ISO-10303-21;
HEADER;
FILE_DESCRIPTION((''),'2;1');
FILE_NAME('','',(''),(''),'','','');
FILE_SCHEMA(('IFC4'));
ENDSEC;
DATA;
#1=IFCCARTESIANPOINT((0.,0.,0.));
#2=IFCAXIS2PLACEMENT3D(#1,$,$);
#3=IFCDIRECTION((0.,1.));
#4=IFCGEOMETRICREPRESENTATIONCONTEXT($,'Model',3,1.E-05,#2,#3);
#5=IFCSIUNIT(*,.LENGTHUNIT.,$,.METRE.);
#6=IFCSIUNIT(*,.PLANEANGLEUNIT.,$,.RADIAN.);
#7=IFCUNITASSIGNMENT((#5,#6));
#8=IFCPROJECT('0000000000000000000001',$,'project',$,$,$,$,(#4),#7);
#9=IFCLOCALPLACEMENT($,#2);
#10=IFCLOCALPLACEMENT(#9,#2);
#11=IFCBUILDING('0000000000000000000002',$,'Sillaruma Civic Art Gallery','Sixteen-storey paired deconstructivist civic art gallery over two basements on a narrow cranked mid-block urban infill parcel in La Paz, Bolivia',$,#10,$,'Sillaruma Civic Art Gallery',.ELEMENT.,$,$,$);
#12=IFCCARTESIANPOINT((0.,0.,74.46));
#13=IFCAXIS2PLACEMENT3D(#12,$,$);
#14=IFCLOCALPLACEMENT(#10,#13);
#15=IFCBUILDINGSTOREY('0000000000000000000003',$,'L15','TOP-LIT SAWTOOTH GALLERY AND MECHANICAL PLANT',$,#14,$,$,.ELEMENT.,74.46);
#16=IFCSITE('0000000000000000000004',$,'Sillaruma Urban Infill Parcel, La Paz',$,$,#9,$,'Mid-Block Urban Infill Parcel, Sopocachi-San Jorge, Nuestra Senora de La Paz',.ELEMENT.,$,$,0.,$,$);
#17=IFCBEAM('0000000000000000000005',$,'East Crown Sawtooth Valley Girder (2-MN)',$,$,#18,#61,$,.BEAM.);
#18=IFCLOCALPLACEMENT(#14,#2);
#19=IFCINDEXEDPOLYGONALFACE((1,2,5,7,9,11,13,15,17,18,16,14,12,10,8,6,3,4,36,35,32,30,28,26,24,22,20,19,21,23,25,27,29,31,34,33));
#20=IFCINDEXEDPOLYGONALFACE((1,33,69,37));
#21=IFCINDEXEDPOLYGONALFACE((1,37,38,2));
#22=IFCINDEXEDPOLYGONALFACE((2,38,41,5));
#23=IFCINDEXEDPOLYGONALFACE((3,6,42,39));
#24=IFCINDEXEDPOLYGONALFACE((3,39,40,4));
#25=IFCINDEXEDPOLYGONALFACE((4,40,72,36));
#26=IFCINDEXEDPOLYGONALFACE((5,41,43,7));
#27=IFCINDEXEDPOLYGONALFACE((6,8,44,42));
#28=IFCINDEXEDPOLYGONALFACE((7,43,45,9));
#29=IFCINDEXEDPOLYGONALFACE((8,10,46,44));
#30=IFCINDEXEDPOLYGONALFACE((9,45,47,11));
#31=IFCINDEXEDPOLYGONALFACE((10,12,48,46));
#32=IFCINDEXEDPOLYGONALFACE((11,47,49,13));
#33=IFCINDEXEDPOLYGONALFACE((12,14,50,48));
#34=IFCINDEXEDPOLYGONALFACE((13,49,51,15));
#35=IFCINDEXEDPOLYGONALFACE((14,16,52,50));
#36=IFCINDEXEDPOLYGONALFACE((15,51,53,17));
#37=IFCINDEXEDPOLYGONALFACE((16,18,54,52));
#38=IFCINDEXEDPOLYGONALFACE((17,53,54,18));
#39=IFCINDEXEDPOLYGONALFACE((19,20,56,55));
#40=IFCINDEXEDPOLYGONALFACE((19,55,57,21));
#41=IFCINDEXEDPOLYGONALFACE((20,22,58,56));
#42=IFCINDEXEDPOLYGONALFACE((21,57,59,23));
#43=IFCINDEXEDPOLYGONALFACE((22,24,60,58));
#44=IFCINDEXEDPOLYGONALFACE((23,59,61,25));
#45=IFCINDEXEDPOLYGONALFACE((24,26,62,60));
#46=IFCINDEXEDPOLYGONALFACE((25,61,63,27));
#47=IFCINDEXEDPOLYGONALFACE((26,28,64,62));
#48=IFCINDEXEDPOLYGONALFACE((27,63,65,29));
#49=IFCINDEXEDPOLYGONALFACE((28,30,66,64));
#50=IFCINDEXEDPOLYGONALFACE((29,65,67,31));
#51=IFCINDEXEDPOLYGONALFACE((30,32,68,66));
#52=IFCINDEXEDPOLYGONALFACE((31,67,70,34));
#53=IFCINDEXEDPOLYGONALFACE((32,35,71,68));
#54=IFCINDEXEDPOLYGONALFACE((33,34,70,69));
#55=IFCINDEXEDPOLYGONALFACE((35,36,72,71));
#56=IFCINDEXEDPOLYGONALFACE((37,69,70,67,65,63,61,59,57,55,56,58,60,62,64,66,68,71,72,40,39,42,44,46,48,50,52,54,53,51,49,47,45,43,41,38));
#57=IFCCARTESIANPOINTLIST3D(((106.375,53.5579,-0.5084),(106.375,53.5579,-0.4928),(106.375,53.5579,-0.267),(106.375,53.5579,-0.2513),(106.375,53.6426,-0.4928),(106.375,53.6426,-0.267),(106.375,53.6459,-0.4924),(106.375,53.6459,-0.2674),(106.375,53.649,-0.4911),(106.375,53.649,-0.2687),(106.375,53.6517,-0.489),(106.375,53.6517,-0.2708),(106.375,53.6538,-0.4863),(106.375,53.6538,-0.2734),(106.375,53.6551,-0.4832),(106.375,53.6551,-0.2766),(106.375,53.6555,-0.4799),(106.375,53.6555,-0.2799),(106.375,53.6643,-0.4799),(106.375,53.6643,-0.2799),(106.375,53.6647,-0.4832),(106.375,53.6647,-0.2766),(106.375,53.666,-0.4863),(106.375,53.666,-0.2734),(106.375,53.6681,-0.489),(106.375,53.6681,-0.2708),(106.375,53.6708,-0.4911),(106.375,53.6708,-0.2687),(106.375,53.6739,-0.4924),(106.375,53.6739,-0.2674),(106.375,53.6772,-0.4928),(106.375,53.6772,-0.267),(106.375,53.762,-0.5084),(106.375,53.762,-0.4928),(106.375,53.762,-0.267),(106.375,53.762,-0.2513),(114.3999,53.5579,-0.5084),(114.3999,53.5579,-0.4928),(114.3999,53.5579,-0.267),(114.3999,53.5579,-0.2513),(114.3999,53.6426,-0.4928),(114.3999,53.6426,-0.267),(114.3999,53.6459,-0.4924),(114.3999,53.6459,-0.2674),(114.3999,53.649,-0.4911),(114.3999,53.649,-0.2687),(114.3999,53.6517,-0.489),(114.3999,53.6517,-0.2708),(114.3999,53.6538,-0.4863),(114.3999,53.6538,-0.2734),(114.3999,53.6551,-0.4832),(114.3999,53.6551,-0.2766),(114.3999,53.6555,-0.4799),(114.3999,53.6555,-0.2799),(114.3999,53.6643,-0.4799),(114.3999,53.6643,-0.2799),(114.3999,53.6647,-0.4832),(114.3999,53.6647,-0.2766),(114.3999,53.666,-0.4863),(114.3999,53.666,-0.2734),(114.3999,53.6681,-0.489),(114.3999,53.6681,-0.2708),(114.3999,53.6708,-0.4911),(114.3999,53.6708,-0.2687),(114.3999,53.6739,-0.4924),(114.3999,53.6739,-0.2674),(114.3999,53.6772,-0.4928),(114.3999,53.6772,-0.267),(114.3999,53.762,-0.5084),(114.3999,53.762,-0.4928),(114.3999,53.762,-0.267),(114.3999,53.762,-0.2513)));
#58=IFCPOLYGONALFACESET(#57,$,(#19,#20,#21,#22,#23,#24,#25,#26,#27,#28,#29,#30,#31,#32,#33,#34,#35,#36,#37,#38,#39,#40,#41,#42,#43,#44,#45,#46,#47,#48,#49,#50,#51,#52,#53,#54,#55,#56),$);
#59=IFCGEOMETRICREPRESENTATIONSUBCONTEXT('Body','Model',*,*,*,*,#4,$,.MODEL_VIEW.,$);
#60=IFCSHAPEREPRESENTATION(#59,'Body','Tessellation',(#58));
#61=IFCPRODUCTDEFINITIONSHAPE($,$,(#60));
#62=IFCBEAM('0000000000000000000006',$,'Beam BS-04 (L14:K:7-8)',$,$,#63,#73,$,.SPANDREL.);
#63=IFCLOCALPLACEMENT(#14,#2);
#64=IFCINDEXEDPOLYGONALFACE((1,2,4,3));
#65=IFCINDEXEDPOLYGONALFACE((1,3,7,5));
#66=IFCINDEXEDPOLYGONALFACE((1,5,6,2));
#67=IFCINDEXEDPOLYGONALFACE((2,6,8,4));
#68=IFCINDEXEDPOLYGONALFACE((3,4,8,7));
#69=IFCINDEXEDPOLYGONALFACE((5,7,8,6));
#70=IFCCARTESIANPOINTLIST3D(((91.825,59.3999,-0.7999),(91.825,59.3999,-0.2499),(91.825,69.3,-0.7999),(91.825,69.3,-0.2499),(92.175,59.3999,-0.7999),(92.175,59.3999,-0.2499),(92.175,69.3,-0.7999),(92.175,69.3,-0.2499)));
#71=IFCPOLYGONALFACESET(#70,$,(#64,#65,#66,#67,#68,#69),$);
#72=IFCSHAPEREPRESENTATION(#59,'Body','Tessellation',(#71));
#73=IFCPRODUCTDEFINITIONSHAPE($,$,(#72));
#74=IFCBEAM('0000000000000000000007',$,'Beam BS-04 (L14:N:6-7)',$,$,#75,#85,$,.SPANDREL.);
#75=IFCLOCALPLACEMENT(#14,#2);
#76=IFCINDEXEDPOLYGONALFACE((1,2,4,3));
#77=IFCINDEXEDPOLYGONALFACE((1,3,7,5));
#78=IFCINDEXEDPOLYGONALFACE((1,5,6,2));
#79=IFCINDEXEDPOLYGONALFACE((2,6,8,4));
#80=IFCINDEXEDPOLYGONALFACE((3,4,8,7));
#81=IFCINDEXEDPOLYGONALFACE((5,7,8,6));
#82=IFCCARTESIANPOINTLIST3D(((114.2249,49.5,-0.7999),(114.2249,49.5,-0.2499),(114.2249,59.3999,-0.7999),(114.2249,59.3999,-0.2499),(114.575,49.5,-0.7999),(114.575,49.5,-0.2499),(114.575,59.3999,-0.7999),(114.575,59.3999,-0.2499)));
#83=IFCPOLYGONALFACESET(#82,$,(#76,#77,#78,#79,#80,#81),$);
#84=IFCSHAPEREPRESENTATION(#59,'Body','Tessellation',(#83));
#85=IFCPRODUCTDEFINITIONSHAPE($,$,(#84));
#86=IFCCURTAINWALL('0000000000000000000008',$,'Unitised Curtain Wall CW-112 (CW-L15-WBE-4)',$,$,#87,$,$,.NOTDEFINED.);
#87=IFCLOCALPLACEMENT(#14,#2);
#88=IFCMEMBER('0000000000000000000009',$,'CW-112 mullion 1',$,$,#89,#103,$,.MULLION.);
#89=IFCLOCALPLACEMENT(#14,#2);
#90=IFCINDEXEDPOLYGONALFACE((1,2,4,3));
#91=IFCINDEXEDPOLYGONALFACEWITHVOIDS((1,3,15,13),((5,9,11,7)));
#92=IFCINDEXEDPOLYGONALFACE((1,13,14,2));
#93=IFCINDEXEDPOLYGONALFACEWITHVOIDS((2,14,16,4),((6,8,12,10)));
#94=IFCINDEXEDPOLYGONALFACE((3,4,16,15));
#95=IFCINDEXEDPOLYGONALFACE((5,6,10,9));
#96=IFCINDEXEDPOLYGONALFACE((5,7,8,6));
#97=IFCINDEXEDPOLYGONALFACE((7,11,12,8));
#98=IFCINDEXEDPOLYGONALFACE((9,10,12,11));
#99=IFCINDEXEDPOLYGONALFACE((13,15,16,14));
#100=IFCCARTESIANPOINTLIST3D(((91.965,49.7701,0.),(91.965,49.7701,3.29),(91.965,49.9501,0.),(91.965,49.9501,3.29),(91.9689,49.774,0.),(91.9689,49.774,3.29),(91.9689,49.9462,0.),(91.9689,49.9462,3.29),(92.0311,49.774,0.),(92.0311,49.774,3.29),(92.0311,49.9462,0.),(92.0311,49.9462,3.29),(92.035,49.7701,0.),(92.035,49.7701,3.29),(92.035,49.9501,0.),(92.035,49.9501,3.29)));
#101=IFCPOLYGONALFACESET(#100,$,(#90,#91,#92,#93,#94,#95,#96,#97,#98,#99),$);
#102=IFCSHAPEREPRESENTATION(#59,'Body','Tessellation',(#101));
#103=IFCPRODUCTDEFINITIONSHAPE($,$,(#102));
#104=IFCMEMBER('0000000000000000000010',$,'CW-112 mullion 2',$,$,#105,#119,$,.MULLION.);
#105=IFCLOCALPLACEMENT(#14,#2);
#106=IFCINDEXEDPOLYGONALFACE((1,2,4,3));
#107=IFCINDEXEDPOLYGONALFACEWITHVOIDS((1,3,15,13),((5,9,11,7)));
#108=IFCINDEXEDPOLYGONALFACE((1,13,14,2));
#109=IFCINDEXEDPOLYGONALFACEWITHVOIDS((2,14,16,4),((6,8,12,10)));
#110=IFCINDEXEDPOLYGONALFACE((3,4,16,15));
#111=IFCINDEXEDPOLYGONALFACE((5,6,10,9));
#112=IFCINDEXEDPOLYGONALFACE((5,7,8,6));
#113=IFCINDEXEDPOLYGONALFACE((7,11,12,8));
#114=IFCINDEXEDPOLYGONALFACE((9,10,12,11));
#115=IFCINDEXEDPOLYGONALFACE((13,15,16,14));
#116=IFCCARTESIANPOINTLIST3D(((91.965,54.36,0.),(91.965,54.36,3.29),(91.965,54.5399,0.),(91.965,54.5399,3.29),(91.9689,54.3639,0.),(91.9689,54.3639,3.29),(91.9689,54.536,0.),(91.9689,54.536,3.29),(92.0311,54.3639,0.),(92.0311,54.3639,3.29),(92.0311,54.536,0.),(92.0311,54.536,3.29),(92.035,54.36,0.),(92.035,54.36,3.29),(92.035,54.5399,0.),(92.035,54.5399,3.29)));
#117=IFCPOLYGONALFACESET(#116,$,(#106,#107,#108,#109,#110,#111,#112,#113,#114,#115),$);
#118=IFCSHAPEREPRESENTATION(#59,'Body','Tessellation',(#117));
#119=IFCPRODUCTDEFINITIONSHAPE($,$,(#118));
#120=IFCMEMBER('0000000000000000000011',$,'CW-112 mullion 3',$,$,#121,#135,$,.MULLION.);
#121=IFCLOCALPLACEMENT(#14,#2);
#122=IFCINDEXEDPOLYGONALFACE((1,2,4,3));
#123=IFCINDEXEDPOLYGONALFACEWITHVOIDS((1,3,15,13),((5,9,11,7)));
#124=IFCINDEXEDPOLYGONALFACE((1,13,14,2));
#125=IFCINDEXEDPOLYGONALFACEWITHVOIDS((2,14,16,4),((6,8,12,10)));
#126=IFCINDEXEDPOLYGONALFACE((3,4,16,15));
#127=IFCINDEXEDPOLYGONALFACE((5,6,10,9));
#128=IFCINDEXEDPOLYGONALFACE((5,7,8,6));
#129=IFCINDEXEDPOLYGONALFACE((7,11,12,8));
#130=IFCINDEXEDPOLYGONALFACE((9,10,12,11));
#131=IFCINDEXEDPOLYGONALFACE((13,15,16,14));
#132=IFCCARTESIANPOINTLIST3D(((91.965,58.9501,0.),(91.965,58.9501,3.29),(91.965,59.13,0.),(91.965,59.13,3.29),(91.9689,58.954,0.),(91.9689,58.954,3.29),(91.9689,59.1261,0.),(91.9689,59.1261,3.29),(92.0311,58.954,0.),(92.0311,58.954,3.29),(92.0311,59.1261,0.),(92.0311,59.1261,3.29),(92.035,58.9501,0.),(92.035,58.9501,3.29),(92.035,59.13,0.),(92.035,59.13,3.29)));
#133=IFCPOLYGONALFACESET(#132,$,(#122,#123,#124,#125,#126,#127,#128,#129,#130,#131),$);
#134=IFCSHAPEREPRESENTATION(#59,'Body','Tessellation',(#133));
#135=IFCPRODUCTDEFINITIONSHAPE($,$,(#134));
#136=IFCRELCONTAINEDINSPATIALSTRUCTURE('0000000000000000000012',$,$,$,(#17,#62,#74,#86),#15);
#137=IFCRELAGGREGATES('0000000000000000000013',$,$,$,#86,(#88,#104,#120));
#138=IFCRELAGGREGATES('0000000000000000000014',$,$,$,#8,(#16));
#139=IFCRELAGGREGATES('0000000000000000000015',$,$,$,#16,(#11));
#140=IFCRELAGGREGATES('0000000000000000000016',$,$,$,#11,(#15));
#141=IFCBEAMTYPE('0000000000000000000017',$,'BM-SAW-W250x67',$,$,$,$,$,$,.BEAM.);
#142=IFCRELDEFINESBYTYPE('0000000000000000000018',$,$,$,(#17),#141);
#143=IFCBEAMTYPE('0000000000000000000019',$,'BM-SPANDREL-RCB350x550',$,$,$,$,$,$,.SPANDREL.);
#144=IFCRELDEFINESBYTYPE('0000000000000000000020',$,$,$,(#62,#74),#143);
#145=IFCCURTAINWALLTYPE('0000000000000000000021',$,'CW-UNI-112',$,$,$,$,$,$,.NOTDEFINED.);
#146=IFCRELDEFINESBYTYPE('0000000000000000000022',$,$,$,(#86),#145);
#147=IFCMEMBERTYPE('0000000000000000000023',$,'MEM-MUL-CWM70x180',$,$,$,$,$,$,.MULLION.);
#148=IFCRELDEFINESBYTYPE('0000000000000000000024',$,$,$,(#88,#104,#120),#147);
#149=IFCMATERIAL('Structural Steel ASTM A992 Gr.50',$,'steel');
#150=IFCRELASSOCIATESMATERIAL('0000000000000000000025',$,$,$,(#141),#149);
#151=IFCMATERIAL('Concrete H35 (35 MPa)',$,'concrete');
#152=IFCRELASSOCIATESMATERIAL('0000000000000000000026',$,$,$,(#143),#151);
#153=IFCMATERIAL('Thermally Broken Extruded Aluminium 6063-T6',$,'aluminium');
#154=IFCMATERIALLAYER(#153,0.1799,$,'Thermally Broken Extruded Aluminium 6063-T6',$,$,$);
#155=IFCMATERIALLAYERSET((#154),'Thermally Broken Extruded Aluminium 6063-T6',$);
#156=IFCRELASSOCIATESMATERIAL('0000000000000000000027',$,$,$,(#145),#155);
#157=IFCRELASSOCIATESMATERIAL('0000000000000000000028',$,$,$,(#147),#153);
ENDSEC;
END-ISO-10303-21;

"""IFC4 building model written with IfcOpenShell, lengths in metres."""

from ifc_helpers import new_model, si_unit, direction, frame, origin, origin_2d, place, context, subcontext, project, spatial, rectangle, hollow_rectangle, i_section, extrude, material, layer, layer_set, material_profile, profile_set, type_object, element, aggregate, save


model = new_model("IFC4")

# Units and contexts
model_context = context("Model", 3, precision=1e-05, world=origin(), true_north=direction((0.0, 1.0)))
body_context = subcontext(model_context, "Body", "Model", "MODEL_VIEW")
ifc_project = project(units=[si_unit("LENGTHUNIT", "METRE"), si_unit("PLANEANGLEUNIT", "RADIAN")], contexts=[model_context])

# Site, building, storey
site_placement = place(None, origin())
site = spatial("IfcSite", under=ifc_project, at=site_placement, Name="Sillaruma Urban Infill Parcel, La Paz", LongName="Mid-Block Urban Infill Parcel, Sopocachi-San Jorge, Nuestra Senora de La Paz", CompositionType="ELEMENT", RefElevation=0.0)
building_placement = place(site_placement, origin())
building = spatial("IfcBuilding", under=site, at=building_placement, Name="Sillaruma Civic Art Gallery", Description="Sixteen-storey paired deconstructivist civic art gallery over two basements on a narrow cranked mid-block urban infill parcel in La Paz, Bolivia", LongName="Sillaruma Civic Art Gallery", CompositionType="ELEMENT")
storey_placement = place(building_placement, frame((0.0, 0.0, 74.46)))
storey = spatial("IfcBuildingStorey", under=building, at=storey_placement, Name="L15", Description="TOP-LIT SAWTOOTH GALLERY AND MECHANICAL PLANT", CompositionType="ELEMENT", Elevation=74.46)

# Beams
ifc_material_1 = material(Name="Concrete H35 (35 MPa)", Category="concrete")
ifc_material_2 = material(Name="Structural Steel ASTM A992 Gr.50", Category="steel")
ifc_material_profile_1 = material_profile(ifc_material_2, i_section(OverallWidth=0.2041, OverallDepth=0.2571, WebThickness=0.0088, FlangeThickness=0.0156, FilletRadius=0.0129, at=origin_2d()), Name="W250x67")
ifc_profile_set_1 = profile_set([ifc_material_profile_1], Name="Structural Steel ASTM A992 Gr.50")
beam_type_1 = type_object("IfcBeamType", Name="BM-SAW-W250x67", PredefinedType="BEAM", material=ifc_profile_set_1)
for number, where, z_axis, x_axis, name in (
    (1, (106.375, 53.6599, -0.3799), (1.0, 0.0, 0.0), (0.0, 1.0, 0.0), "East Crown Sawtooth Valley Girder (2-MN)"),
):
    element("IfcBeam", number, at=place(storey_placement, frame(where, z_axis=z_axis, x_axis=x_axis)), inside=storey, type_object=beam_type_1, Name=name, PredefinedType="BEAM", context=body_context, shape_type="SweptSolid", body=[
        extrude(i_section(OverallWidth=0.2041, OverallDepth=0.2571, WebThickness=0.0088, FlangeThickness=0.0156, FilletRadius=0.0129, at=origin_2d()), origin(), (0.0, 0.0, 1.0), 8.0249),
    ])
ifc_material_profile_2 = material_profile(ifc_material_1, rectangle(XDim=0.3501, YDim=0.55, at=origin_2d()), Name="RCB350x550")
ifc_profile_set_2 = profile_set([ifc_material_profile_2], Name="Concrete H35 (35 MPa)")
beam_type_2 = type_object("IfcBeamType", Name="BM-SPANDREL-RCB350x550", PredefinedType="SPANDREL", material=ifc_profile_set_2)
beam_1_placement = place(storey_placement, frame((92.0, 59.3999, -0.5249), z_axis=(0.0, 1.0, 0.0), x_axis=(-1.0, 0.0, 0.0)))
element("IfcBeam", 2, at=beam_1_placement, inside=storey, type_object=beam_type_2, Name="Beam BS-04 (L14:K:7-8)", PredefinedType="SPANDREL", context=body_context, shape_type="SweptSolid", body=[
    extrude(rectangle(XDim=0.3501, YDim=0.55, at=origin_2d()), origin(), (0.0, 0.0, 1.0), 9.9001),
])
beam_2_placement = place(storey_placement, frame((114.3999, 49.5, -0.5249), z_axis=(0.0, 1.0, 0.0), x_axis=(-1.0, 0.0, 0.0)))
element("IfcBeam", 3, at=beam_2_placement, inside=storey, type_object=beam_type_2, Name="Beam BS-04 (L14:N:6-7)", PredefinedType="SPANDREL", context=body_context, shape_type="SweptSolid", body=[
    extrude(rectangle(XDim=0.3501, YDim=0.55, at=origin_2d()), origin(), (0.0, 0.0, 1.0), 9.8999),
])

# Curtain wall, members
ifc_material_3 = material(Name="Thermally Broken Extruded Aluminium 6063-T6", Category="aluminium")
ifc_layer_1 = layer(ifc_material_3, 0.1799, Name="Thermally Broken Extruded Aluminium 6063-T6")
ifc_layer_set_1 = layer_set([ifc_layer_1], Name="Thermally Broken Extruded Aluminium 6063-T6")
curtain_wall_type = type_object("IfcCurtainWallType", Name="CW-UNI-112", PredefinedType="NOTDEFINED", material=ifc_layer_set_1)
curtain_wall_placement = place(storey_placement, origin())
curtain_wall = element("IfcCurtainWall", 4, at=curtain_wall_placement, inside=storey, type_object=curtain_wall_type, Name="Unitised Curtain Wall CW-112 (CW-L15-WBE-4)", PredefinedType="NOTDEFINED")
ifc_material_profile_3 = material_profile(ifc_material_3, hollow_rectangle(XDim=0.0701, YDim=0.1799, WallThickness=0.0039, at=origin_2d()), Name="CWM70x180")
ifc_profile_set_3 = profile_set([ifc_material_profile_3], Name="Thermally Broken Extruded Aluminium 6063-T6")
member_type_1 = type_object("IfcMemberType", Name="MEM-MUL-CWM70x180", PredefinedType="MULLION", material=ifc_profile_set_3)
member_1_placement = place(storey_placement, frame((92.0, 49.8601, 0.0), z_axis=(0.0, 0.0, 1.0), x_axis=(-1.0, 0.0, 0.0)))
member_1 = element("IfcMember", 5, at=member_1_placement, type_object=member_type_1, Name="CW-112 mullion 1", PredefinedType="MULLION", context=body_context, shape_type="SweptSolid", body=[
    extrude(hollow_rectangle(XDim=0.0701, YDim=0.1799, WallThickness=0.0039, at=origin_2d()), origin(), (0.0, 0.0, 1.0), 3.29),
])
member_2_placement = place(storey_placement, frame((92.0, 54.45, 0.0), z_axis=(0.0, 0.0, 1.0), x_axis=(-1.0, 0.0, 0.0)))
member_2 = element("IfcMember", 6, at=member_2_placement, type_object=member_type_1, Name="CW-112 mullion 2", PredefinedType="MULLION", context=body_context, shape_type="SweptSolid", body=[
    extrude(hollow_rectangle(XDim=0.0701, YDim=0.1799, WallThickness=0.0039, at=origin_2d()), origin(), (0.0, 0.0, 1.0), 3.29),
])
member_3_placement = place(storey_placement, frame((92.0, 59.04, 0.0), z_axis=(0.0, 0.0, 1.0), x_axis=(-1.0, 0.0, 0.0)))
member_3 = element("IfcMember", 7, at=member_3_placement, type_object=member_type_1, Name="CW-112 mullion 3", PredefinedType="MULLION", context=body_context, shape_type="SweptSolid", body=[
    extrude(hollow_rectangle(XDim=0.0701, YDim=0.1799, WallThickness=0.0039, at=origin_2d()), origin(), (0.0, 0.0, 1.0), 3.29),
])

aggregate(curtain_wall, [member_1, member_2, member_3])

save(model, "model.ifc")
